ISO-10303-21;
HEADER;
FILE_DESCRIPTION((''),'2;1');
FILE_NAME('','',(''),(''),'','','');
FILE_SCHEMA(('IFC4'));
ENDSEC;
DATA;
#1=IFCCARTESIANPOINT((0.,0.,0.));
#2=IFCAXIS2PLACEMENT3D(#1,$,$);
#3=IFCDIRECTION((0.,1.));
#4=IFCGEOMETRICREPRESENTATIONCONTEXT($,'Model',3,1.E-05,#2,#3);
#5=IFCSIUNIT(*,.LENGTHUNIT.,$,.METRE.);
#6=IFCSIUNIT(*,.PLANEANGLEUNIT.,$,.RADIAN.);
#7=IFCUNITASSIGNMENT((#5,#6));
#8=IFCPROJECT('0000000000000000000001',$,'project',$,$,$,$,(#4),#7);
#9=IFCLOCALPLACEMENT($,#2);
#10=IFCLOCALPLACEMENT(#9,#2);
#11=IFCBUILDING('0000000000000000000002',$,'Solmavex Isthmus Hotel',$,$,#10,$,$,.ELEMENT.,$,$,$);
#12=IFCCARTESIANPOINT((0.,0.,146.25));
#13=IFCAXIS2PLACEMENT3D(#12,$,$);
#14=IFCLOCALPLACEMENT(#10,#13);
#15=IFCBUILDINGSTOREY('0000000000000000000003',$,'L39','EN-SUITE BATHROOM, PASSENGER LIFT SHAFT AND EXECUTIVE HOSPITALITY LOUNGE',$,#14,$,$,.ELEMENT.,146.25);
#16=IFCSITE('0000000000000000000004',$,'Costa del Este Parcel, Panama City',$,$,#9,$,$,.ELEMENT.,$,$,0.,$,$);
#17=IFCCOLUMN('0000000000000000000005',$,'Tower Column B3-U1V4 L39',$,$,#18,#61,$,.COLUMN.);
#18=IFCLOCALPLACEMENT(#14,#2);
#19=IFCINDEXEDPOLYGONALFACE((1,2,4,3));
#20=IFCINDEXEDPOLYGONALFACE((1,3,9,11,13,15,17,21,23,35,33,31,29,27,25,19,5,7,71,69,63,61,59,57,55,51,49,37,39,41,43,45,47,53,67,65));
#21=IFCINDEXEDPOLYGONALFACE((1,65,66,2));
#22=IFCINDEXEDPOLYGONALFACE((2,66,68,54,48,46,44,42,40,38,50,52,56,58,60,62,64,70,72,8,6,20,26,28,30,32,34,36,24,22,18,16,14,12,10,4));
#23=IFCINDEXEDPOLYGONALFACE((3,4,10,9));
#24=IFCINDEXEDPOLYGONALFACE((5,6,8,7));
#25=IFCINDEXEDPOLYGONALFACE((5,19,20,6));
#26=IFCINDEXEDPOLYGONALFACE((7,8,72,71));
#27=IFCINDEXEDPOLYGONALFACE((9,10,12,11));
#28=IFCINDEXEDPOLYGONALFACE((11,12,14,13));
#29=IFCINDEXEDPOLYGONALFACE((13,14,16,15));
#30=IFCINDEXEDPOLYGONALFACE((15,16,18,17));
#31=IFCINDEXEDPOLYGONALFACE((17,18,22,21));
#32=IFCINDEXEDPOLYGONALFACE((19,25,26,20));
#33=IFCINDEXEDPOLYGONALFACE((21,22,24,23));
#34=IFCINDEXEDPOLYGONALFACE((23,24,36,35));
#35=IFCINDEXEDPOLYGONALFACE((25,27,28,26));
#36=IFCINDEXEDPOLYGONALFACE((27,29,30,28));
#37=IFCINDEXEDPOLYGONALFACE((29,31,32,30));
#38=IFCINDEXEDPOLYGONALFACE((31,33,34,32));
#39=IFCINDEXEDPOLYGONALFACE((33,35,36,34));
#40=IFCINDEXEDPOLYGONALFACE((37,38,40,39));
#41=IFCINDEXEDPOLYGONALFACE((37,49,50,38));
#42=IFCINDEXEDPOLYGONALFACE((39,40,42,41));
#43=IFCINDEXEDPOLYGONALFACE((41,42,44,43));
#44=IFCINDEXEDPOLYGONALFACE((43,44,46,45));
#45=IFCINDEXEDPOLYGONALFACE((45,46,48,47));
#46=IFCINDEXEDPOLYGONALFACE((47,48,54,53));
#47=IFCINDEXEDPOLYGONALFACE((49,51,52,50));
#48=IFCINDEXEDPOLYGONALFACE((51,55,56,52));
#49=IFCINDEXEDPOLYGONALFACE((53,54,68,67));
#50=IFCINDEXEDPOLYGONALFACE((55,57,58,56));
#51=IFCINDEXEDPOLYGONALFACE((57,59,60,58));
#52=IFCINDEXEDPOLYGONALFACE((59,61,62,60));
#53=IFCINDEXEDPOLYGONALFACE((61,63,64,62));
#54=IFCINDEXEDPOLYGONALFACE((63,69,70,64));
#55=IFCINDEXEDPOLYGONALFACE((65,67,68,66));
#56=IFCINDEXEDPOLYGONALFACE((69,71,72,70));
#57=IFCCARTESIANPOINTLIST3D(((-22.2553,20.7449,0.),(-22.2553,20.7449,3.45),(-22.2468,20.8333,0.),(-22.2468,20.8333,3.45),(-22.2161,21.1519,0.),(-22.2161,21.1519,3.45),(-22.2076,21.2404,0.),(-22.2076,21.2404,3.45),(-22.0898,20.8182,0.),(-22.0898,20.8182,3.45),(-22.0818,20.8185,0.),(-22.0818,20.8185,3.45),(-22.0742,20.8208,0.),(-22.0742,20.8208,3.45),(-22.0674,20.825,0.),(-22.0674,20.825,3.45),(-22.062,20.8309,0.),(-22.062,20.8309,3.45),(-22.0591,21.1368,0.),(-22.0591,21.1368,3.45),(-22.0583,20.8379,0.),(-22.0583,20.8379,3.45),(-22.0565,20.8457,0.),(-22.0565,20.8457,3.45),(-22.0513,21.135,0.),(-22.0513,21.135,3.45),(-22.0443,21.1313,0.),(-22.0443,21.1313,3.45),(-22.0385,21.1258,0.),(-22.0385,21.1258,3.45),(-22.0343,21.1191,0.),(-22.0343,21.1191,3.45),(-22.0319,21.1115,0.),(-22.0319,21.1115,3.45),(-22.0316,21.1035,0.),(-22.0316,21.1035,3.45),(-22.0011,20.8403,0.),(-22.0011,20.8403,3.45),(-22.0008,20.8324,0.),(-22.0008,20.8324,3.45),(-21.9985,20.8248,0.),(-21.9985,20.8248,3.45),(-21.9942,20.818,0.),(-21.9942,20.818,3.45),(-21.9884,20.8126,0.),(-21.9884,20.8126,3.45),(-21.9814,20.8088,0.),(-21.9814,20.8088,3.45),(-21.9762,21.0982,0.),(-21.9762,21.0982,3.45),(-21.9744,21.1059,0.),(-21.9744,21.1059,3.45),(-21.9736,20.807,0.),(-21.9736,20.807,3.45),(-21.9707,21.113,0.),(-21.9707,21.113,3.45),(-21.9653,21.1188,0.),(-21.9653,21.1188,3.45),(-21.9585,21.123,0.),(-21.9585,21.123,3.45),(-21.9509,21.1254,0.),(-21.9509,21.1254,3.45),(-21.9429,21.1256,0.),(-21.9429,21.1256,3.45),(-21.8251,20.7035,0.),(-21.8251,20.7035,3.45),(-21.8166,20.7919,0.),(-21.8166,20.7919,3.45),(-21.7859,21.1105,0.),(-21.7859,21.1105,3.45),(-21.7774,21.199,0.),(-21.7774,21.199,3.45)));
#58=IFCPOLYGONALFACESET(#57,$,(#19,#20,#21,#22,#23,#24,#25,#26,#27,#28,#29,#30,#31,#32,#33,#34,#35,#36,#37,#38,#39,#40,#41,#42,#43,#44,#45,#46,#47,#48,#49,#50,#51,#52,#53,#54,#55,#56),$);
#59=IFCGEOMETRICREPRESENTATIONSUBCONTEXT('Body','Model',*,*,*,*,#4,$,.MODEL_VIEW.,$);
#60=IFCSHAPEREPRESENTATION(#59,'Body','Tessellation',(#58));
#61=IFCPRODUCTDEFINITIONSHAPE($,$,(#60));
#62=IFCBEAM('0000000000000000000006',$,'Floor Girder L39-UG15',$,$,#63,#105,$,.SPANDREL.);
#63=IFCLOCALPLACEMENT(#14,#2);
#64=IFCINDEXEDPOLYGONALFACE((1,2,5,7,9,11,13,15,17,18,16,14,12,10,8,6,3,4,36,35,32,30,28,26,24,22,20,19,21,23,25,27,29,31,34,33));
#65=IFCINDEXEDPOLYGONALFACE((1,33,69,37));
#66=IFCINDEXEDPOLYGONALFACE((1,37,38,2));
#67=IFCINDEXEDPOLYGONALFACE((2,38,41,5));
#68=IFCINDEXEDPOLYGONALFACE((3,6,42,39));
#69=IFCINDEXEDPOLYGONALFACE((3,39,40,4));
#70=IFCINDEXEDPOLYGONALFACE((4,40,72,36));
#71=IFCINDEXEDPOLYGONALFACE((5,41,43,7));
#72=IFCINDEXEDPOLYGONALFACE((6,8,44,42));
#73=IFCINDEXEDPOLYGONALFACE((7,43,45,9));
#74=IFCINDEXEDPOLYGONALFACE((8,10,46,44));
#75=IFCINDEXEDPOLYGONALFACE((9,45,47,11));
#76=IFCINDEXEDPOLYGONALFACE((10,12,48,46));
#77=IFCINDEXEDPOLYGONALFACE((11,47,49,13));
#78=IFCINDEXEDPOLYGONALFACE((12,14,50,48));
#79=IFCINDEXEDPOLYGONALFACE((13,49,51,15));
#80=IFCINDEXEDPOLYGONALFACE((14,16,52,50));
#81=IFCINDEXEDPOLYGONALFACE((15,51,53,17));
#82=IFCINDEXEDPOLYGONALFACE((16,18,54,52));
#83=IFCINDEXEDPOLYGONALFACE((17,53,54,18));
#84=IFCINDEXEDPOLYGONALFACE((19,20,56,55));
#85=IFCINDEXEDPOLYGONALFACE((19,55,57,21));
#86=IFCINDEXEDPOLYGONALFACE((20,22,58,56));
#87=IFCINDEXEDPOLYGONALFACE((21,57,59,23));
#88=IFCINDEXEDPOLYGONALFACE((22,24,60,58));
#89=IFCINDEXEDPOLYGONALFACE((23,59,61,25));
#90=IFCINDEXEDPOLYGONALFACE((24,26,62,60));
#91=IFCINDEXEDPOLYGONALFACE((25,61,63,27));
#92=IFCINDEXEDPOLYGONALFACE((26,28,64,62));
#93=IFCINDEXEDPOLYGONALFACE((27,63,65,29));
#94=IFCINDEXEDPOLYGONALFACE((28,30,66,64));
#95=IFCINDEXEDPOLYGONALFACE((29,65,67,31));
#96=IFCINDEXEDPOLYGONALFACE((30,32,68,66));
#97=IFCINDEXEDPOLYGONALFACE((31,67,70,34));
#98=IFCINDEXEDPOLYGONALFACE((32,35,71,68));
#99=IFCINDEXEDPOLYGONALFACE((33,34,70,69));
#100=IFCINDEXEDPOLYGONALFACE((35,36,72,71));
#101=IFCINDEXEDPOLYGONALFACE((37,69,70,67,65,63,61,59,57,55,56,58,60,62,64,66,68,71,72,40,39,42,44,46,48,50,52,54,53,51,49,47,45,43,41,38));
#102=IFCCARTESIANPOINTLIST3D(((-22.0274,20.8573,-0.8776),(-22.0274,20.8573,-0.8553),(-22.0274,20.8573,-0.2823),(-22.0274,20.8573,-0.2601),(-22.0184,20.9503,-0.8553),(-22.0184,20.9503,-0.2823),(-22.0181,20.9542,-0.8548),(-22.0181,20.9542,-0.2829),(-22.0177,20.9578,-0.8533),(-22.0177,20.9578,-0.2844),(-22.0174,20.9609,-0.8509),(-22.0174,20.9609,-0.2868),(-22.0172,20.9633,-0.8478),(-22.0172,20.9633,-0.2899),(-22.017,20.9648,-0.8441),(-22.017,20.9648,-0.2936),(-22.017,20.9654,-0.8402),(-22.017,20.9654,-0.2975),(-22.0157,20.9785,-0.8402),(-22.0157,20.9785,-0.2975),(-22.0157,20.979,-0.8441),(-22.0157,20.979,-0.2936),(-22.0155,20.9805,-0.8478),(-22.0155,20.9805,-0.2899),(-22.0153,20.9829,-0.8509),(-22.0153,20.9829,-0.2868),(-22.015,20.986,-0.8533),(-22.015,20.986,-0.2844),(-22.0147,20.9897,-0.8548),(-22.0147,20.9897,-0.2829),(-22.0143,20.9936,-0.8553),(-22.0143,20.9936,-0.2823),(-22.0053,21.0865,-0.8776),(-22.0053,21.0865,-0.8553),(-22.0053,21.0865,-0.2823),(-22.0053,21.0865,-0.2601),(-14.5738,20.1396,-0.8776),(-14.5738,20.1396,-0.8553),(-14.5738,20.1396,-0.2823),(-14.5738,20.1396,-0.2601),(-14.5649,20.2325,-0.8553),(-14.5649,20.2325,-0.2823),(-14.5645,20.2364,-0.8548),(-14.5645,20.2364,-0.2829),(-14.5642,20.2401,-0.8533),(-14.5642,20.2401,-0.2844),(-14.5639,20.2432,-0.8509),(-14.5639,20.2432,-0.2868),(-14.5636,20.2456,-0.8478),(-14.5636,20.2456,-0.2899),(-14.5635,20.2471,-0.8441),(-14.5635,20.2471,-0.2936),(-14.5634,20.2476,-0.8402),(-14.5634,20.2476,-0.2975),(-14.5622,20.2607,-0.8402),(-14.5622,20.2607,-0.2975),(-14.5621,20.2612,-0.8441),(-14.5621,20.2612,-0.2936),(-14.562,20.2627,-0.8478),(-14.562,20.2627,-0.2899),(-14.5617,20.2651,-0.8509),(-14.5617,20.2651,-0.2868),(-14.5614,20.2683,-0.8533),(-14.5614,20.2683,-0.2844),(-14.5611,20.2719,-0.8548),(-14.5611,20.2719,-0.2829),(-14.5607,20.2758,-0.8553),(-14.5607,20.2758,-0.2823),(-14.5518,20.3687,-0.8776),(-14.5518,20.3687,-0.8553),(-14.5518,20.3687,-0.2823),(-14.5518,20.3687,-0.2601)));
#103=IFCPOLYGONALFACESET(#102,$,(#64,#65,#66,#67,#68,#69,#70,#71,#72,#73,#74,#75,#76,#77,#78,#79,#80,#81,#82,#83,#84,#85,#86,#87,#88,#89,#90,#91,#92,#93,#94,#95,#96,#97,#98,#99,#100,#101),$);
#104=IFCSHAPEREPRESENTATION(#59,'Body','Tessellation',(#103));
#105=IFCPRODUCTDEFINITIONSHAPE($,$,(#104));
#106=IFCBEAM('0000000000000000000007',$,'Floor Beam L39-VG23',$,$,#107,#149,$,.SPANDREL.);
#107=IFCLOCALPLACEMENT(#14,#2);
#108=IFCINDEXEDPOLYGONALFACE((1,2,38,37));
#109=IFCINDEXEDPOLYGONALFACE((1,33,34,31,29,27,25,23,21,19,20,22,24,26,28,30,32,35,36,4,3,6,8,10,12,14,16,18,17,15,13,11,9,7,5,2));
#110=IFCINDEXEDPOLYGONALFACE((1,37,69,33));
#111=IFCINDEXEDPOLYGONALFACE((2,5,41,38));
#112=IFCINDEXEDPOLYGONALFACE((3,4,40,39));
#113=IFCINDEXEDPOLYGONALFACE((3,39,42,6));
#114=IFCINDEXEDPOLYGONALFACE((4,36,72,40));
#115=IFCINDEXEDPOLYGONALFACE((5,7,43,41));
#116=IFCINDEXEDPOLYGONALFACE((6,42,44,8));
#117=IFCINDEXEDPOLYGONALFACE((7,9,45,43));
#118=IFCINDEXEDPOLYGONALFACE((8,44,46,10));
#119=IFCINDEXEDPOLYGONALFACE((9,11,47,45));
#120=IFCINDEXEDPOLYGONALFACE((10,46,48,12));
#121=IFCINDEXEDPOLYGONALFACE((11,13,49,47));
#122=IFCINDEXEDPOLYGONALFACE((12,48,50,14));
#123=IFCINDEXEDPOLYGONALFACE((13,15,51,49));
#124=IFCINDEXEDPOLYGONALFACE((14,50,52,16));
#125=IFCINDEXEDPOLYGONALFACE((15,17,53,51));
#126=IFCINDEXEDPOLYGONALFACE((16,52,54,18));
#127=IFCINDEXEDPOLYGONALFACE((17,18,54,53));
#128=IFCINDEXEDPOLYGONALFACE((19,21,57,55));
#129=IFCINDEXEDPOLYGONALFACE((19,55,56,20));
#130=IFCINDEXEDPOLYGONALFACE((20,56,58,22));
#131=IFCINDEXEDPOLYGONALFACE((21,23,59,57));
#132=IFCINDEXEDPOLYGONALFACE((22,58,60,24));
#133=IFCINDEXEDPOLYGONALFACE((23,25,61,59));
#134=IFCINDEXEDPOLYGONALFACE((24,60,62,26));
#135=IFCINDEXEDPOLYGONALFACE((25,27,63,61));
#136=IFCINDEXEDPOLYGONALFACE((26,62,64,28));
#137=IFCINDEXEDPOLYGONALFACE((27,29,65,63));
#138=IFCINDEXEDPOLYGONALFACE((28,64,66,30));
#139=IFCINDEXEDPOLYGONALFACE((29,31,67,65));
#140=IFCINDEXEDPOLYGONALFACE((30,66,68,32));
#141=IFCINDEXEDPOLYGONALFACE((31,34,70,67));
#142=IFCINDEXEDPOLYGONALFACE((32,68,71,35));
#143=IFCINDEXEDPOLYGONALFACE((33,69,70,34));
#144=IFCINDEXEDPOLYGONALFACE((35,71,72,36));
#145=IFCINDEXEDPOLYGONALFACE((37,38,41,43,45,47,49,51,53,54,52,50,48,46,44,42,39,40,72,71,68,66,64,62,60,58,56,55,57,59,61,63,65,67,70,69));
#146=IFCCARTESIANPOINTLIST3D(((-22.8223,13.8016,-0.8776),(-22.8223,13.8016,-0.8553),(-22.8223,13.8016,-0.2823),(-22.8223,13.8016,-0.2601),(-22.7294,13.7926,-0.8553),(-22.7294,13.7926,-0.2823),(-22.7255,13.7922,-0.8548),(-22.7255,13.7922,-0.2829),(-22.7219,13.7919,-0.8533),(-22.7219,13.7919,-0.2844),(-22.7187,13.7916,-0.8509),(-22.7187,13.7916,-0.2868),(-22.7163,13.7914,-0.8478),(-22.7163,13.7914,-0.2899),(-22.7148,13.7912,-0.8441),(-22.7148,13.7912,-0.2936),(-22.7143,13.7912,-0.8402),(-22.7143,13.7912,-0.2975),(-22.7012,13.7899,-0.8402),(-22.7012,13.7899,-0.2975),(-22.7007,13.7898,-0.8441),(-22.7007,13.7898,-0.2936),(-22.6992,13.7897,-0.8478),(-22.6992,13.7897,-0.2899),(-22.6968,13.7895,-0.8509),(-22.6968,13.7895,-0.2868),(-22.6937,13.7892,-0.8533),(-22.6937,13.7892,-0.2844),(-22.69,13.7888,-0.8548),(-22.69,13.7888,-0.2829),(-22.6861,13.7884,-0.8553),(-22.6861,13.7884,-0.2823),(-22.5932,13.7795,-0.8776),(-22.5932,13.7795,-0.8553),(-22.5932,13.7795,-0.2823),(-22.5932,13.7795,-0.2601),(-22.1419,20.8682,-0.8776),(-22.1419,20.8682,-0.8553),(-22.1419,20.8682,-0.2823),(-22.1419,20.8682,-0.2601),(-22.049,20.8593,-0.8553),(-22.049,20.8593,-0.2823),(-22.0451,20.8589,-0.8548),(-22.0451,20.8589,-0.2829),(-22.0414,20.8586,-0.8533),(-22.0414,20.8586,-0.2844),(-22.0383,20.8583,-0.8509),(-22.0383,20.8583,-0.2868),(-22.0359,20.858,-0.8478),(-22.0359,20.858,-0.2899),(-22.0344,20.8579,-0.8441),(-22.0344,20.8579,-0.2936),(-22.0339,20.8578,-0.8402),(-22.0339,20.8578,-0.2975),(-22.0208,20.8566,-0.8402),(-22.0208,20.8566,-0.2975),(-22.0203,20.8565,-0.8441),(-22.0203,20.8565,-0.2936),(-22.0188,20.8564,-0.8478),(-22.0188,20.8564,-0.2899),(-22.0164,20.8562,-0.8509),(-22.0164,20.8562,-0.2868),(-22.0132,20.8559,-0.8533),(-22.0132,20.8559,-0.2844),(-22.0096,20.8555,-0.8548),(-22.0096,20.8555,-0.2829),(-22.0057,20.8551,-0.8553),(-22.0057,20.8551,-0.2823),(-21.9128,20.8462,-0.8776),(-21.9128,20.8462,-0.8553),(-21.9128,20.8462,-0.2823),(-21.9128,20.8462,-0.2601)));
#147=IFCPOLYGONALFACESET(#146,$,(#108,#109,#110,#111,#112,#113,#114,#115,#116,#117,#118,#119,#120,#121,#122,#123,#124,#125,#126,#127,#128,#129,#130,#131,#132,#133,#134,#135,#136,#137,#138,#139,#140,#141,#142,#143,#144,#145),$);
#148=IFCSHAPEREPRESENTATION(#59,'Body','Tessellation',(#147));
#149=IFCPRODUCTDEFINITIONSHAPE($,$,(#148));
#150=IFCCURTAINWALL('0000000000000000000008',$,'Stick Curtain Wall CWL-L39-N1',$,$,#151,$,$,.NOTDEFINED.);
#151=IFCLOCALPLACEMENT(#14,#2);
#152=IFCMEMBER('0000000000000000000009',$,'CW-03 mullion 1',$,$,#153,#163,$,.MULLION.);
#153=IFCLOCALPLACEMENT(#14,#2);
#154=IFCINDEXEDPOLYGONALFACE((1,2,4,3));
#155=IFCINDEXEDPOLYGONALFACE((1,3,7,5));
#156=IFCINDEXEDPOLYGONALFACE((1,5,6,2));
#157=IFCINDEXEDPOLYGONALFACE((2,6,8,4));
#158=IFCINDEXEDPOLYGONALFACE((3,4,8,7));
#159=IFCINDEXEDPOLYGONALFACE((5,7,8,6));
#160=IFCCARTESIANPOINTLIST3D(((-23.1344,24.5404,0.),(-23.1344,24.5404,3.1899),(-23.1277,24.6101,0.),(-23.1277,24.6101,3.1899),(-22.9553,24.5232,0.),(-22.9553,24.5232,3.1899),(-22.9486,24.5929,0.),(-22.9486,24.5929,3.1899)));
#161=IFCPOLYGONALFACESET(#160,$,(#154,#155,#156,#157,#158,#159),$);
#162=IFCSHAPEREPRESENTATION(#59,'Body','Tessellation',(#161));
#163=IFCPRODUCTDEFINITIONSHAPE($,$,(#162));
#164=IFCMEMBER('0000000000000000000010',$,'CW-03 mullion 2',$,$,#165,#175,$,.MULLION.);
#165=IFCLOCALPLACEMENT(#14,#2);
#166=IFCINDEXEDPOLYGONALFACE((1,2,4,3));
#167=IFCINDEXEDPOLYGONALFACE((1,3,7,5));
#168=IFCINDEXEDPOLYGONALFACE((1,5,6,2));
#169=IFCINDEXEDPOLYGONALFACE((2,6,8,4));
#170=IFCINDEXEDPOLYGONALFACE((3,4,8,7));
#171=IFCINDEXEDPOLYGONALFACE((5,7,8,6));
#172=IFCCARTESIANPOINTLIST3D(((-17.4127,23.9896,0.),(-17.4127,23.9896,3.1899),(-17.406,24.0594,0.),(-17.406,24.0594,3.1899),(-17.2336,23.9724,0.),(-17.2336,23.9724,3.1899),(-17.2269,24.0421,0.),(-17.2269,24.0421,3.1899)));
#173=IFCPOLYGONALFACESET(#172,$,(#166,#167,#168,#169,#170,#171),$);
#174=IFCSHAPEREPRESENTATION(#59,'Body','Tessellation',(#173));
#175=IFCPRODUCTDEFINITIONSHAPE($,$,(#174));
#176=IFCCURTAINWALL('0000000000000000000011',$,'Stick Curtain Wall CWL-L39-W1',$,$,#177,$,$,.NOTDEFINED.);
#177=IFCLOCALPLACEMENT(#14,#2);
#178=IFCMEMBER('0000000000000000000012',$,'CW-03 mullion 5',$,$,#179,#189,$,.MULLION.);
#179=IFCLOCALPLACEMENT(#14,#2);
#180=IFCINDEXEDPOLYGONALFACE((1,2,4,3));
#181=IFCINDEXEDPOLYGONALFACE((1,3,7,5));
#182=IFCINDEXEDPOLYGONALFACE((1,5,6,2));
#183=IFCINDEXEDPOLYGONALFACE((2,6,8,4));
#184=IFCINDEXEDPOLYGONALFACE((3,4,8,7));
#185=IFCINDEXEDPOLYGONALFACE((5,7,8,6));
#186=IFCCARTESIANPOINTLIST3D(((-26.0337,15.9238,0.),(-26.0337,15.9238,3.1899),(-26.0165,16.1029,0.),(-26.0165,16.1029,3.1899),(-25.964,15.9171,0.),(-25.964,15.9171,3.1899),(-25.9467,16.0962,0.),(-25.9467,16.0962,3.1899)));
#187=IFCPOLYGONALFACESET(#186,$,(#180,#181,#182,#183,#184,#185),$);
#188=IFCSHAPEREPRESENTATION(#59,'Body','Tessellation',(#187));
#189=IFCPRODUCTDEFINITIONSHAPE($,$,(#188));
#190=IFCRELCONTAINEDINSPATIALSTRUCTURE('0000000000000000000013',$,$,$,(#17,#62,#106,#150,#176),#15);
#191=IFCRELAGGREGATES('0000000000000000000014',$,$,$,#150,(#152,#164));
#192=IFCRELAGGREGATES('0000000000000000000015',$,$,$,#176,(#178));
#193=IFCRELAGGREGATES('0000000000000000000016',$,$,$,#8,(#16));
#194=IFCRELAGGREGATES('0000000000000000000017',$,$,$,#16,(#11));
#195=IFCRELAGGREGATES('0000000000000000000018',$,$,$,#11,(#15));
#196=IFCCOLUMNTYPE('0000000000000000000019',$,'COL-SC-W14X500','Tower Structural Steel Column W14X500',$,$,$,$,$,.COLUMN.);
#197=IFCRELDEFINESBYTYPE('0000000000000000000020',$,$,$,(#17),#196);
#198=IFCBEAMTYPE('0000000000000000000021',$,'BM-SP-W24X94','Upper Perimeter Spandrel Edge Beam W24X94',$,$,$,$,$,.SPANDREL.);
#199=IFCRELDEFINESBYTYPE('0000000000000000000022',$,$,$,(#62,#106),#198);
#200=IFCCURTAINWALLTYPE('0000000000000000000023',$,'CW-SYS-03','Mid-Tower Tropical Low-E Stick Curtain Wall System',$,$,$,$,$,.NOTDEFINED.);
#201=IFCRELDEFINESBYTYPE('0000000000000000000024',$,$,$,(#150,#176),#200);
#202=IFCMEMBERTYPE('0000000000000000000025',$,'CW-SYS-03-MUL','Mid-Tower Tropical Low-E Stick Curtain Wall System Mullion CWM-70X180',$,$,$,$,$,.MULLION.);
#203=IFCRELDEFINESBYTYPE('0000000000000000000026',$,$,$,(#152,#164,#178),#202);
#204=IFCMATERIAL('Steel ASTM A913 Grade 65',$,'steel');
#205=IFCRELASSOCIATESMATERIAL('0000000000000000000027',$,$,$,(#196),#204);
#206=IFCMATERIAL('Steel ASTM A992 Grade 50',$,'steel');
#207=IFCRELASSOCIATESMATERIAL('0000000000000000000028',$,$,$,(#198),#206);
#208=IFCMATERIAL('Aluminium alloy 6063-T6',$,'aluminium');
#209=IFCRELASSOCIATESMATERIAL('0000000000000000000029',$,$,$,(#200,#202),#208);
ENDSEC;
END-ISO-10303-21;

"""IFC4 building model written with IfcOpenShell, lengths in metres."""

from ifc_helpers import new_model, si_unit, direction, frame, origin, origin_2d, place, context, subcontext, project, spatial, rectangle, i_section, extrude, material, material_profile, profile_set, type_object, element, aggregate, save


model = new_model("IFC4")

# Units and contexts
model_context = context("Model", 3, precision=1e-05, world=origin(), true_north=direction((0.0, 1.0)))
body_context = subcontext(model_context, "Body", "Model", "MODEL_VIEW")
ifc_project = project(units=[si_unit("LENGTHUNIT", "METRE"), si_unit("PLANEANGLEUNIT", "RADIAN")], contexts=[model_context])

# Site, building, storey
site_placement = place(None, origin())
site = spatial("IfcSite", under=ifc_project, at=site_placement, Name="Costa del Este Parcel, Panama City", CompositionType="ELEMENT", RefElevation=0.0)
building_placement = place(site_placement, origin())
building = spatial("IfcBuilding", under=site, at=building_placement, Name="Solmavex Isthmus Hotel", CompositionType="ELEMENT")
storey_placement = place(building_placement, frame((0.0, 0.0, 146.25)))
storey = spatial("IfcBuildingStorey", under=building, at=storey_placement, Name="L39", Description="EN-SUITE BATHROOM, PASSENGER LIFT SHAFT AND EXECUTIVE HOSPITALITY LOUNGE", CompositionType="ELEMENT", Elevation=146.25)

# Column
ifc_material_1 = material(Name="Steel ASTM A913 Grade 65", Category="steel")
ifc_material_profile_1 = material_profile(ifc_material_1, i_section(OverallWidth=0.4321, OverallDepth=0.4978, WebThickness=0.0557, FlangeThickness=0.0889, FilletRadius=0.0305, at=origin_2d()), Name="W14X500")
ifc_profile_set_1 = profile_set([ifc_material_profile_1], Name="Steel ASTM A913 Grade 65")
column_type = type_object("IfcColumnType", Name="COL-SC-W14X500", Description="Tower Structural Steel Column W14X500", PredefinedType="COLUMN", material=ifc_profile_set_1)
column_placement = place(storey_placement, frame((-22.0164, 20.9719, 0.0), z_axis=(0.0, 0.0, 1.0), x_axis=(0.995396, -0.095846, 0.0)))
element("IfcColumn", 1, at=column_placement, inside=storey, type_object=column_type, Name="Tower Column B3-U1V4 L39", PredefinedType="COLUMN", context=body_context, shape_type="SweptSolid", body=[
    extrude(i_section(OverallWidth=0.4321, OverallDepth=0.4978, WebThickness=0.0557, FlangeThickness=0.0889, FilletRadius=0.0305, at=origin_2d()), origin(), (0.0, 0.0, 1.0), 3.45),
])

# Beams
ifc_material_2 = material(Name="Steel ASTM A992 Grade 50", Category="steel")
ifc_material_profile_2 = material_profile(ifc_material_2, i_section(OverallWidth=0.2302, OverallDepth=0.6174, WebThickness=0.0132, FlangeThickness=0.0222, FilletRadius=0.0151, at=origin_2d()), Name="W24X94")
ifc_profile_set_2 = profile_set([ifc_material_profile_2], Name="Steel ASTM A992 Grade 50")
beam_type = type_object("IfcBeamType", Name="BM-SP-W24X94", Description="Upper Perimeter Spandrel Edge Beam W24X94", PredefinedType="SPANDREL", material=ifc_profile_set_2)
beam_1_placement = place(storey_placement, frame((-22.0164, 20.9719, -0.5688), z_axis=(0.995395, -0.095855, 0.0), x_axis=(0.095855, 0.995395, 0.0)))
element("IfcBeam", 2, at=beam_1_placement, inside=storey, type_object=beam_type, Name="Floor Girder L39-UG15", PredefinedType="SPANDREL", context=body_context, shape_type="SweptSolid", body=[
    extrude(i_section(OverallWidth=0.2302, OverallDepth=0.6174, WebThickness=0.0132, FlangeThickness=0.0222, FilletRadius=0.0151, at=origin_2d()), origin(), (0.0, 0.0, 1.0), 7.488),
])
beam_2_placement = place(storey_placement, frame((-22.7078, 13.7905, -0.5688), z_axis=(0.095843, 0.995396, 0.0), x_axis=(-0.995396, 0.095843, 0.0)))
element("IfcBeam", 3, at=beam_2_placement, inside=storey, type_object=beam_type, Name="Floor Beam L39-VG23", PredefinedType="SPANDREL", context=body_context, shape_type="SweptSolid", body=[
    extrude(i_section(OverallWidth=0.2302, OverallDepth=0.6174, WebThickness=0.0132, FlangeThickness=0.0222, FilletRadius=0.0151, at=origin_2d()), origin(), (0.0, 0.0, 1.0), 7.0994),
])

# Curtain walls, members
ifc_material_3 = material(Name="Aluminium alloy 6063-T6", Category="aluminium")
curtain_wall_type = type_object("IfcCurtainWallType", Name="CW-SYS-03", Description="Mid-Tower Tropical Low-E Stick Curtain Wall System", PredefinedType="NOTDEFINED", material=ifc_material_3)
curtain_wall_1_placement = place(storey_placement, origin())
curtain_wall_1 = element("IfcCurtainWall", 4, at=curtain_wall_1_placement, inside=storey, type_object=curtain_wall_type, Name="Stick Curtain Wall CWL-L39-N1", PredefinedType="NOTDEFINED")
ifc_material_profile_3 = material_profile(ifc_material_3, rectangle(XDim=0.0701, YDim=0.1799, at=origin_2d()), Name="CWM-70X180")
ifc_profile_set_3 = profile_set([ifc_material_profile_3], Name="Aluminium alloy 6063-T6")
member_type_1 = type_object("IfcMemberType", Name="CW-SYS-03-MUL", Description="Mid-Tower Tropical Low-E Stick Curtain Wall System Mullion CWM-70X180", PredefinedType="MULLION", material=ifc_profile_set_3)
member_1_placement = place(storey_placement, frame((-23.0415, 24.5667, 0.0), z_axis=(0.0, 0.0, 1.0), x_axis=(0.095846, 0.995396, 0.0)))
member_1 = element("IfcMember", 5, at=member_1_placement, type_object=member_type_1, Name="CW-03 mullion 1", PredefinedType="MULLION", context=body_context, shape_type="SweptSolid", body=[
    extrude(rectangle(XDim=0.0701, YDim=0.1799, at=origin_2d()), origin(), (0.0, 0.0, 1.0), 3.1899),
])
member_2_placement = place(storey_placement, frame((-17.3198, 24.0159, 0.0), z_axis=(0.0, 0.0, 1.0), x_axis=(0.095846, 0.995396, 0.0)))
member_2 = element("IfcMember", 6, at=member_2_placement, type_object=member_type_1, Name="CW-03 mullion 2", PredefinedType="MULLION", context=body_context, shape_type="SweptSolid", body=[
    extrude(rectangle(XDim=0.0701, YDim=0.1799, at=origin_2d()), origin(), (0.0, 0.0, 1.0), 3.1899),
])
curtain_wall_2_placement = place(storey_placement, origin())
curtain_wall_2 = element("IfcCurtainWall", 7, at=curtain_wall_2_placement, inside=storey, type_object=curtain_wall_type, Name="Stick Curtain Wall CWL-L39-W1", PredefinedType="NOTDEFINED")
member_3_placement = place(storey_placement, frame((-25.9902, 16.01, 0.0), z_axis=(0.0, 0.0, 1.0), x_axis=(-0.995396, 0.095846, 0.0)))
member_3 = element("IfcMember", 8, at=member_3_placement, type_object=member_type_1, Name="CW-03 mullion 5", PredefinedType="MULLION", context=body_context, shape_type="SweptSolid", body=[
    extrude(rectangle(XDim=0.0701, YDim=0.1799, at=origin_2d()), origin(), (0.0, 0.0, 1.0), 3.1899),
])

aggregate(curtain_wall_1, [member_1, member_2])
aggregate(curtain_wall_2, [member_3])

save(model, "model.ifc")
